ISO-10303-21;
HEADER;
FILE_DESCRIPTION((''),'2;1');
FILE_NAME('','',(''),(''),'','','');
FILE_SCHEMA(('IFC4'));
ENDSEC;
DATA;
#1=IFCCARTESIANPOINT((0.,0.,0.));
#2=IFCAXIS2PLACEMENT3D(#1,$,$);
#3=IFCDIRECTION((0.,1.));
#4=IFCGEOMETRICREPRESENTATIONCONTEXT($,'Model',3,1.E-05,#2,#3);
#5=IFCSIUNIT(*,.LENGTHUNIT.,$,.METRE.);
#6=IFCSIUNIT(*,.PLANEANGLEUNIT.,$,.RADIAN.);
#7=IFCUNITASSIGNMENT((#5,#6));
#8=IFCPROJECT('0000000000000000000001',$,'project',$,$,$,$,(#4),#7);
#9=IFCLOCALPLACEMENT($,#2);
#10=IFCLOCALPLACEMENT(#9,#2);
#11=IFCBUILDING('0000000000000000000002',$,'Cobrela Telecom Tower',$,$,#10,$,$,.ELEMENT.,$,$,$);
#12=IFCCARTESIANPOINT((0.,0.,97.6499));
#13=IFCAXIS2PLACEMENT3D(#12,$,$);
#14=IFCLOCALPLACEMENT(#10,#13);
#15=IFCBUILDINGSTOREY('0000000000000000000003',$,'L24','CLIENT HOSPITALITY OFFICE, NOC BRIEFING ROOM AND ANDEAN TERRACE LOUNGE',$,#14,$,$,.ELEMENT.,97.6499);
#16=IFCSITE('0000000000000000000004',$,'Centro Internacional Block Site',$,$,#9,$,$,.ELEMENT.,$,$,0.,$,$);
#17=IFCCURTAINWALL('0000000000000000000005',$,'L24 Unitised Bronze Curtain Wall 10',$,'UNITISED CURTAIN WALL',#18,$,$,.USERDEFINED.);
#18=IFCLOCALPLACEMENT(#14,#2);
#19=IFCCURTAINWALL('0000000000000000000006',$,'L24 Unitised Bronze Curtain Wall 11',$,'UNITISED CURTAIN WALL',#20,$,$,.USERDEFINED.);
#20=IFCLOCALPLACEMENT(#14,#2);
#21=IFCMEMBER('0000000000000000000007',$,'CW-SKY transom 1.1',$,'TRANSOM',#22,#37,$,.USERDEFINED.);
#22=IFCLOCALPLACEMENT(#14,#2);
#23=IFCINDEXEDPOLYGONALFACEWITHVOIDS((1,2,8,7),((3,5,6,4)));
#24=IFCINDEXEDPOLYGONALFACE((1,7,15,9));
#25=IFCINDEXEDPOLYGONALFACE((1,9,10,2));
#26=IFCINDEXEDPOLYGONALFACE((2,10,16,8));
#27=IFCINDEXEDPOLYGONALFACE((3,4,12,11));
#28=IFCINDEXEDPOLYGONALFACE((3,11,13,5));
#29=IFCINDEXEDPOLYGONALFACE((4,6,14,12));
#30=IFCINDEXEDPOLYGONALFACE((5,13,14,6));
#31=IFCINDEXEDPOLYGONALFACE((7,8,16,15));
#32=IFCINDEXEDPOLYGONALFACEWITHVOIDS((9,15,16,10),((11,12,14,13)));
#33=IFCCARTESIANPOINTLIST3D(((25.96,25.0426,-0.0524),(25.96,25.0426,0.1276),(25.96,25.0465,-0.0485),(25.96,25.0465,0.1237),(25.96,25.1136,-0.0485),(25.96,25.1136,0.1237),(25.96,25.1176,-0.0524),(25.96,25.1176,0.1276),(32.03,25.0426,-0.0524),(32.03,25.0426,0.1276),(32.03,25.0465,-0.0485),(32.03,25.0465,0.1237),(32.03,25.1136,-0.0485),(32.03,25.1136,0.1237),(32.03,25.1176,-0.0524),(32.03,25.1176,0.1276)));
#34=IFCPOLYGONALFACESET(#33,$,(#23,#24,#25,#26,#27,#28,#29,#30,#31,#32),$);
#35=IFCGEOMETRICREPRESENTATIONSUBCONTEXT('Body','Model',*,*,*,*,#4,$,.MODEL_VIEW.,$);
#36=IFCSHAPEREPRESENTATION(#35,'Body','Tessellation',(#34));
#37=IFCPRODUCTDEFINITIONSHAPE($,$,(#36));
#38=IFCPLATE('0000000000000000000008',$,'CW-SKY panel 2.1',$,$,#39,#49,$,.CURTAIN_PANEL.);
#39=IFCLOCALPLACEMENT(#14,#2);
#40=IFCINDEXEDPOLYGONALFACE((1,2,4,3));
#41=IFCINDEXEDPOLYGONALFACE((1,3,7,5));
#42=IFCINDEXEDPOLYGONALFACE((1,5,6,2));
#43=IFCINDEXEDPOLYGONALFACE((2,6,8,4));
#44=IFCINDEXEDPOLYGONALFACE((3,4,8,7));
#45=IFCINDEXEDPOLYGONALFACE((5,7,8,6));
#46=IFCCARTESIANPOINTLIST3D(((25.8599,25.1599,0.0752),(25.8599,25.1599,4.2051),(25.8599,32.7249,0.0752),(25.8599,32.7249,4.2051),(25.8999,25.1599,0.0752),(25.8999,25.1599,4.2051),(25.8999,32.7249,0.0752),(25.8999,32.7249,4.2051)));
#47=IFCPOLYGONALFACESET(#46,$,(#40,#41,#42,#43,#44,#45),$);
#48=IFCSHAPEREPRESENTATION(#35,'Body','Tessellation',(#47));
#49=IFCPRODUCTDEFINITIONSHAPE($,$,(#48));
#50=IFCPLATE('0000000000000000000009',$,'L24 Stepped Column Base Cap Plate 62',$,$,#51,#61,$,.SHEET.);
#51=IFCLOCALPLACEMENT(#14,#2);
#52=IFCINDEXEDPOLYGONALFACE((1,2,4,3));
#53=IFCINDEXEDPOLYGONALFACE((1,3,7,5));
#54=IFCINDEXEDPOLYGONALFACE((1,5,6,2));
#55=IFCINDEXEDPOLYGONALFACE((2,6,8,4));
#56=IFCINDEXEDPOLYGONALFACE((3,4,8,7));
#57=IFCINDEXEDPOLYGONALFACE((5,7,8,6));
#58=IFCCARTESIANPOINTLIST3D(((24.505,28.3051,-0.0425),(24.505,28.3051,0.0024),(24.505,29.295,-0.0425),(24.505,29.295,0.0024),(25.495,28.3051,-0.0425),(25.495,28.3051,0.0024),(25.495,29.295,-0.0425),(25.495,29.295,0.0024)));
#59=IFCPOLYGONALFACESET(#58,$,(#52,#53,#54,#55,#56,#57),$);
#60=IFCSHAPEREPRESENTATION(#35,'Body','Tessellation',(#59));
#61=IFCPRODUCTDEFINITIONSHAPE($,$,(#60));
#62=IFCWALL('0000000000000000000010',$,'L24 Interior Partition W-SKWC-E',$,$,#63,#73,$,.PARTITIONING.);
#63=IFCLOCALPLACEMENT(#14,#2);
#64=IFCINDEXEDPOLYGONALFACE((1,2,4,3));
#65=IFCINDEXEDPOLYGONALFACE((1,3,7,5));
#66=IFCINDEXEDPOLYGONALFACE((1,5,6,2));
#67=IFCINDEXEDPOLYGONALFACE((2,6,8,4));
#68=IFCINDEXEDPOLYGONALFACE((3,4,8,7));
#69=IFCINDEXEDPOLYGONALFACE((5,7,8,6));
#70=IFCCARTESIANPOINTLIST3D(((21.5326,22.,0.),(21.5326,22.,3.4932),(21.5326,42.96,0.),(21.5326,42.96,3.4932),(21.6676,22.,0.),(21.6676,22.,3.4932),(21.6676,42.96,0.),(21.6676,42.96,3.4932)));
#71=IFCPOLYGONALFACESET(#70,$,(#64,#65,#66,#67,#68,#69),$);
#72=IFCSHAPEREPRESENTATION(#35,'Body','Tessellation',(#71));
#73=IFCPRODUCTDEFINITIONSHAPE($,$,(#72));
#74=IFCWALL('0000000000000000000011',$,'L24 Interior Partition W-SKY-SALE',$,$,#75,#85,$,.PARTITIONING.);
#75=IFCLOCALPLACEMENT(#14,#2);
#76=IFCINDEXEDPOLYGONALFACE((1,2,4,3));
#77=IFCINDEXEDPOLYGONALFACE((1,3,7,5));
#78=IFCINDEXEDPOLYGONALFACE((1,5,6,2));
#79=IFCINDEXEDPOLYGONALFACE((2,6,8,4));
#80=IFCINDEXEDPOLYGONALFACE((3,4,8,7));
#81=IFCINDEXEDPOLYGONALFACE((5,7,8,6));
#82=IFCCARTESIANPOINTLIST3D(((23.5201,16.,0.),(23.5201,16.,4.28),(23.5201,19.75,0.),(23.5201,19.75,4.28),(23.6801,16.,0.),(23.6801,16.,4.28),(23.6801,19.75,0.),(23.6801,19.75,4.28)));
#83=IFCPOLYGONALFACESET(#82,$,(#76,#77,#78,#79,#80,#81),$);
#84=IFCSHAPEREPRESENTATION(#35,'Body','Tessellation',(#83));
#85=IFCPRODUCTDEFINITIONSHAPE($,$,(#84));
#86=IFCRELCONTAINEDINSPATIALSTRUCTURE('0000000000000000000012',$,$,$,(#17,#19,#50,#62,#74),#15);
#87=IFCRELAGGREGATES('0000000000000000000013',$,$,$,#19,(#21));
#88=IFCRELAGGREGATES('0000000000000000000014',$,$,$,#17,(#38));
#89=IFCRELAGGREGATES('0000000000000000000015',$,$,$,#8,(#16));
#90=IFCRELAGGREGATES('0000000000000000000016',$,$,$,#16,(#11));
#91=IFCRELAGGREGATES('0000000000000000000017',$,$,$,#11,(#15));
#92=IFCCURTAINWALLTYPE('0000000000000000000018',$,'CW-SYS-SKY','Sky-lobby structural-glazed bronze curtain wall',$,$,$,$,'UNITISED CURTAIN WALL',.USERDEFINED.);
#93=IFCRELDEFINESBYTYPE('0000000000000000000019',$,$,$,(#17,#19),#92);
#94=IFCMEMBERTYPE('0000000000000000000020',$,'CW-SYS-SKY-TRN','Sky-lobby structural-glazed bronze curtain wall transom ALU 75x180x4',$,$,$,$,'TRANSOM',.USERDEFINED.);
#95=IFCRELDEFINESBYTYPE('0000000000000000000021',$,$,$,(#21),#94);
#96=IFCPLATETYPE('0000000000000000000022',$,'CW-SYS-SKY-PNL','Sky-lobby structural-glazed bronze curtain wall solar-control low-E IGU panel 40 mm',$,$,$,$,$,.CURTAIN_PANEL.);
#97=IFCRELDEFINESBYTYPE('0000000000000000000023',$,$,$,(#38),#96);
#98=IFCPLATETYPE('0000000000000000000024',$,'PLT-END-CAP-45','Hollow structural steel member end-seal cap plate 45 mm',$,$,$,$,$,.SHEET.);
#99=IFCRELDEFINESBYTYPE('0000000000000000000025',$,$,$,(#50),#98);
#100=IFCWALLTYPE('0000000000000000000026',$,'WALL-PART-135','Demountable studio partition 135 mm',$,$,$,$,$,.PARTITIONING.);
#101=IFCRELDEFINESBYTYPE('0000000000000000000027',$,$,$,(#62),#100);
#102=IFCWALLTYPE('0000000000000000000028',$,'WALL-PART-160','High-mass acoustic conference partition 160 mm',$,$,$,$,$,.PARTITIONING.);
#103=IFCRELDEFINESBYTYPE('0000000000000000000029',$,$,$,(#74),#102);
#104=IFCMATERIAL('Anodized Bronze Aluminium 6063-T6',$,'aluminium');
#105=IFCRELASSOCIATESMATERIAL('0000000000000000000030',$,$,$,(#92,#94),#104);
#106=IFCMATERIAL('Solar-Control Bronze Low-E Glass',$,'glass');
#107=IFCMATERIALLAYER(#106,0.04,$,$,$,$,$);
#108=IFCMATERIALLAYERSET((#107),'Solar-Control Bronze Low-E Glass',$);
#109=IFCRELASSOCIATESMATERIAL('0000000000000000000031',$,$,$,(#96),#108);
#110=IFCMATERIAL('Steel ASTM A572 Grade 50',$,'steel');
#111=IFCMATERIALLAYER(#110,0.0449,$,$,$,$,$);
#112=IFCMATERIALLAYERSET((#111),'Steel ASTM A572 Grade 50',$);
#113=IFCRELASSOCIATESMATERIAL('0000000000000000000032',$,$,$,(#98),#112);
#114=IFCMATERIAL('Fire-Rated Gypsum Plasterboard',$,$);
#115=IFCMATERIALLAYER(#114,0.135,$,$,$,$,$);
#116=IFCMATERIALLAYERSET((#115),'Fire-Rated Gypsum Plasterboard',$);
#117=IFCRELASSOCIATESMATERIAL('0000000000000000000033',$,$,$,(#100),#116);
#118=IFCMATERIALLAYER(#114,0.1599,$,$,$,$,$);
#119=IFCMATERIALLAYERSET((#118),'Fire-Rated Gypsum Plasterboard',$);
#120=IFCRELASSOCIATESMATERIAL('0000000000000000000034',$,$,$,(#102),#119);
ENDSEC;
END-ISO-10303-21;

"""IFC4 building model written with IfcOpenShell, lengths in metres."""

from ifc_helpers import new_model, si_unit, direction, frame, frame_2d, origin, origin_2d, place, context, subcontext, project, spatial, rectangle, hollow_rectangle, extrude, material, layer, layer_set, material_profile, profile_set, type_object, element, aggregate, save


model = new_model("IFC4")

# Units and contexts
model_context = context("Model", 3, precision=1e-05, world=origin(), true_north=direction((0.0, 1.0)))
body_context = subcontext(model_context, "Body", "Model", "MODEL_VIEW")
ifc_project = project(units=[si_unit("LENGTHUNIT", "METRE"), si_unit("PLANEANGLEUNIT", "RADIAN")], contexts=[model_context])

# Site, building, storey
site_placement = place(None, origin())
site = spatial("IfcSite", under=ifc_project, at=site_placement, Name="Centro Internacional Block Site", CompositionType="ELEMENT", RefElevation=0.0)
building_placement = place(site_placement, origin())
building = spatial("IfcBuilding", under=site, at=building_placement, Name="Cobrela Telecom Tower", CompositionType="ELEMENT")
storey_placement = place(building_placement, frame((0.0, 0.0, 97.6499)))
storey = spatial("IfcBuildingStorey", under=building, at=storey_placement, Name="L24", Description="CLIENT HOSPITALITY OFFICE, NOC BRIEFING ROOM AND ANDEAN TERRACE LOUNGE", CompositionType="ELEMENT", Elevation=97.6499)

# Shared definitions
ifc_material_1 = material(Name="Steel ASTM A572 Grade 50", Category="steel")

# Curtain wall
ifc_material_2 = material(Name="Anodized Bronze Aluminium 6063-T6", Category="aluminium")
curtain_wall_type = type_object("IfcCurtainWallType", Name="CW-SYS-SKY", Description="Sky-lobby structural-glazed bronze curtain wall", ElementType="UNITISED CURTAIN WALL", PredefinedType="USERDEFINED", material=ifc_material_2)
curtain_wall_1_placement = place(storey_placement, origin())
curtain_wall_1 = element("IfcCurtainWall", 1, at=curtain_wall_1_placement, inside=storey, type_object=curtain_wall_type, Name="L24 Unitised Bronze Curtain Wall 10", ObjectType="UNITISED CURTAIN WALL", PredefinedType="USERDEFINED")

# Curtain wall, member
curtain_wall_2_placement = place(storey_placement, origin())
curtain_wall_2 = element("IfcCurtainWall", 2, at=curtain_wall_2_placement, inside=storey, type_object=curtain_wall_type, Name="L24 Unitised Bronze Curtain Wall 11", ObjectType="UNITISED CURTAIN WALL", PredefinedType="USERDEFINED")
ifc_material_profile_1 = material_profile(ifc_material_2, hollow_rectangle(XDim=0.075, YDim=0.1799, WallThickness=0.0039, at=origin_2d()), Name="ALU 75x180x4")
ifc_profile_set_1 = profile_set([ifc_material_profile_1], Name="Anodized Bronze Aluminium 6063-T6")
member_type_1 = type_object("IfcMemberType", Name="CW-SYS-SKY-TRN", Description="Sky-lobby structural-glazed bronze curtain wall transom ALU 75x180x4", ElementType="TRANSOM", PredefinedType="USERDEFINED", material=ifc_profile_set_1)
member_1_placement = place(storey_placement, frame((25.96, 25.0801, 0.0376), z_axis=(1.0, 0.0, 0.0), x_axis=(0.0, 1.0, 0.0)))
member_1 = element("IfcMember", 3, at=member_1_placement, type_object=member_type_1, Name="CW-SKY transom 1.1", ObjectType="TRANSOM", PredefinedType="USERDEFINED", context=body_context, shape_type="SweptSolid", body=[
    extrude(hollow_rectangle(XDim=0.075, YDim=0.1799, WallThickness=0.0039, at=origin_2d()), origin(), (0.0, 0.0, 1.0), 6.0701),
])
aggregate(curtain_wall_2, [member_1])

# Plates
ifc_material_3 = material(Name="Solar-Control Bronze Low-E Glass", Category="glass")
ifc_layer_1 = layer(ifc_material_3, 0.04)
ifc_layer_set_1 = layer_set([ifc_layer_1], Name="Solar-Control Bronze Low-E Glass")
plate_type_1 = type_object("IfcPlateType", Name="CW-SYS-SKY-PNL", Description="Sky-lobby structural-glazed bronze curtain wall solar-control low-E IGU panel 40 mm", PredefinedType="CURTAIN_PANEL", material=ifc_layer_set_1)
plate_1_placement = place(storey_placement, frame((25.8799, 28.9424, 0.0752), z_axis=(0.0, 0.0, 1.0), x_axis=(0.0, -1.0, 0.0)))
plate_1 = element("IfcPlate", 4, at=plate_1_placement, type_object=plate_type_1, Name="CW-SKY panel 2.1", PredefinedType="CURTAIN_PANEL", context=body_context, shape_type="SweptSolid", body=[
    extrude(rectangle(XDim=7.5649, YDim=0.04, at=origin_2d()), origin(), (0.0, 0.0, 1.0), 4.1299),
])
aggregate(curtain_wall_1, [plate_1])
ifc_layer_2 = layer(ifc_material_1, 0.0449)
ifc_layer_set_2 = layer_set([ifc_layer_2], Name="Steel ASTM A572 Grade 50")
plate_type_2 = type_object("IfcPlateType", Name="PLT-END-CAP-45", Description="Hollow structural steel member end-seal cap plate 45 mm", PredefinedType="SHEET", material=ifc_layer_set_2)
plate_2_placement = place(storey_placement, frame((25.0, 28.8, -0.0425), z_axis=(0.0, 0.0, 1.0), x_axis=(1.0, 0.0, 0.0)))
element("IfcPlate", 5, at=plate_2_placement, inside=storey, type_object=plate_type_2, Name="L24 Stepped Column Base Cap Plate 62", PredefinedType="SHEET", context=body_context, shape_type="SweptSolid", body=[
    extrude(rectangle(XDim=0.99, YDim=0.99, at=origin_2d()), origin(), (0.0, 0.0, 1.0), 0.0449),
])

# Wall
ifc_material_4 = material(Name="Fire-Rated Gypsum Plasterboard")
ifc_layer_3 = layer(ifc_material_4, 0.135)
ifc_layer_set_3 = layer_set([ifc_layer_3], Name="Fire-Rated Gypsum Plasterboard")
wall_type_1 = type_object("IfcWallType", Name="WALL-PART-135", Description="Demountable studio partition 135 mm", PredefinedType="PARTITIONING", material=ifc_layer_set_3)
wall_1_placement = place(storey_placement, frame((21.6001, 22.0, 0.0), z_axis=(0.0, 0.0, 1.0), x_axis=(0.0, 1.0, 0.0)))
element("IfcWall", 6, at=wall_1_placement, inside=storey, type_object=wall_type_1, Name="L24 Interior Partition W-SKWC-E", PredefinedType="PARTITIONING", context=body_context, shape_type="SweptSolid", body=[
    extrude(rectangle(XDim=20.96, YDim=0.135, at=frame_2d((10.48, 0.0))), origin(), (0.0, 0.0, 1.0), 3.4932),
])

# Wall
ifc_layer_4 = layer(ifc_material_4, 0.1599)
ifc_layer_set_4 = layer_set([ifc_layer_4], Name="Fire-Rated Gypsum Plasterboard")
wall_type_2 = type_object("IfcWallType", Name="WALL-PART-160", Description="High-mass acoustic conference partition 160 mm", PredefinedType="PARTITIONING", material=ifc_layer_set_4)
wall_2_placement = place(storey_placement, frame((23.6001, 16.0, 0.0), z_axis=(0.0, 0.0, 1.0), x_axis=(0.0, 1.0, 0.0)))
element("IfcWall", 7, at=wall_2_placement, inside=storey, type_object=wall_type_2, Name="L24 Interior Partition W-SKY-SALE", PredefinedType="PARTITIONING", context=body_context, shape_type="SweptSolid", body=[
    extrude(rectangle(XDim=3.75, YDim=0.1599, at=frame_2d((1.875, 0.0))), origin(), (0.0, 0.0, 1.0), 4.28),
])

save(model, "model.ifc")
